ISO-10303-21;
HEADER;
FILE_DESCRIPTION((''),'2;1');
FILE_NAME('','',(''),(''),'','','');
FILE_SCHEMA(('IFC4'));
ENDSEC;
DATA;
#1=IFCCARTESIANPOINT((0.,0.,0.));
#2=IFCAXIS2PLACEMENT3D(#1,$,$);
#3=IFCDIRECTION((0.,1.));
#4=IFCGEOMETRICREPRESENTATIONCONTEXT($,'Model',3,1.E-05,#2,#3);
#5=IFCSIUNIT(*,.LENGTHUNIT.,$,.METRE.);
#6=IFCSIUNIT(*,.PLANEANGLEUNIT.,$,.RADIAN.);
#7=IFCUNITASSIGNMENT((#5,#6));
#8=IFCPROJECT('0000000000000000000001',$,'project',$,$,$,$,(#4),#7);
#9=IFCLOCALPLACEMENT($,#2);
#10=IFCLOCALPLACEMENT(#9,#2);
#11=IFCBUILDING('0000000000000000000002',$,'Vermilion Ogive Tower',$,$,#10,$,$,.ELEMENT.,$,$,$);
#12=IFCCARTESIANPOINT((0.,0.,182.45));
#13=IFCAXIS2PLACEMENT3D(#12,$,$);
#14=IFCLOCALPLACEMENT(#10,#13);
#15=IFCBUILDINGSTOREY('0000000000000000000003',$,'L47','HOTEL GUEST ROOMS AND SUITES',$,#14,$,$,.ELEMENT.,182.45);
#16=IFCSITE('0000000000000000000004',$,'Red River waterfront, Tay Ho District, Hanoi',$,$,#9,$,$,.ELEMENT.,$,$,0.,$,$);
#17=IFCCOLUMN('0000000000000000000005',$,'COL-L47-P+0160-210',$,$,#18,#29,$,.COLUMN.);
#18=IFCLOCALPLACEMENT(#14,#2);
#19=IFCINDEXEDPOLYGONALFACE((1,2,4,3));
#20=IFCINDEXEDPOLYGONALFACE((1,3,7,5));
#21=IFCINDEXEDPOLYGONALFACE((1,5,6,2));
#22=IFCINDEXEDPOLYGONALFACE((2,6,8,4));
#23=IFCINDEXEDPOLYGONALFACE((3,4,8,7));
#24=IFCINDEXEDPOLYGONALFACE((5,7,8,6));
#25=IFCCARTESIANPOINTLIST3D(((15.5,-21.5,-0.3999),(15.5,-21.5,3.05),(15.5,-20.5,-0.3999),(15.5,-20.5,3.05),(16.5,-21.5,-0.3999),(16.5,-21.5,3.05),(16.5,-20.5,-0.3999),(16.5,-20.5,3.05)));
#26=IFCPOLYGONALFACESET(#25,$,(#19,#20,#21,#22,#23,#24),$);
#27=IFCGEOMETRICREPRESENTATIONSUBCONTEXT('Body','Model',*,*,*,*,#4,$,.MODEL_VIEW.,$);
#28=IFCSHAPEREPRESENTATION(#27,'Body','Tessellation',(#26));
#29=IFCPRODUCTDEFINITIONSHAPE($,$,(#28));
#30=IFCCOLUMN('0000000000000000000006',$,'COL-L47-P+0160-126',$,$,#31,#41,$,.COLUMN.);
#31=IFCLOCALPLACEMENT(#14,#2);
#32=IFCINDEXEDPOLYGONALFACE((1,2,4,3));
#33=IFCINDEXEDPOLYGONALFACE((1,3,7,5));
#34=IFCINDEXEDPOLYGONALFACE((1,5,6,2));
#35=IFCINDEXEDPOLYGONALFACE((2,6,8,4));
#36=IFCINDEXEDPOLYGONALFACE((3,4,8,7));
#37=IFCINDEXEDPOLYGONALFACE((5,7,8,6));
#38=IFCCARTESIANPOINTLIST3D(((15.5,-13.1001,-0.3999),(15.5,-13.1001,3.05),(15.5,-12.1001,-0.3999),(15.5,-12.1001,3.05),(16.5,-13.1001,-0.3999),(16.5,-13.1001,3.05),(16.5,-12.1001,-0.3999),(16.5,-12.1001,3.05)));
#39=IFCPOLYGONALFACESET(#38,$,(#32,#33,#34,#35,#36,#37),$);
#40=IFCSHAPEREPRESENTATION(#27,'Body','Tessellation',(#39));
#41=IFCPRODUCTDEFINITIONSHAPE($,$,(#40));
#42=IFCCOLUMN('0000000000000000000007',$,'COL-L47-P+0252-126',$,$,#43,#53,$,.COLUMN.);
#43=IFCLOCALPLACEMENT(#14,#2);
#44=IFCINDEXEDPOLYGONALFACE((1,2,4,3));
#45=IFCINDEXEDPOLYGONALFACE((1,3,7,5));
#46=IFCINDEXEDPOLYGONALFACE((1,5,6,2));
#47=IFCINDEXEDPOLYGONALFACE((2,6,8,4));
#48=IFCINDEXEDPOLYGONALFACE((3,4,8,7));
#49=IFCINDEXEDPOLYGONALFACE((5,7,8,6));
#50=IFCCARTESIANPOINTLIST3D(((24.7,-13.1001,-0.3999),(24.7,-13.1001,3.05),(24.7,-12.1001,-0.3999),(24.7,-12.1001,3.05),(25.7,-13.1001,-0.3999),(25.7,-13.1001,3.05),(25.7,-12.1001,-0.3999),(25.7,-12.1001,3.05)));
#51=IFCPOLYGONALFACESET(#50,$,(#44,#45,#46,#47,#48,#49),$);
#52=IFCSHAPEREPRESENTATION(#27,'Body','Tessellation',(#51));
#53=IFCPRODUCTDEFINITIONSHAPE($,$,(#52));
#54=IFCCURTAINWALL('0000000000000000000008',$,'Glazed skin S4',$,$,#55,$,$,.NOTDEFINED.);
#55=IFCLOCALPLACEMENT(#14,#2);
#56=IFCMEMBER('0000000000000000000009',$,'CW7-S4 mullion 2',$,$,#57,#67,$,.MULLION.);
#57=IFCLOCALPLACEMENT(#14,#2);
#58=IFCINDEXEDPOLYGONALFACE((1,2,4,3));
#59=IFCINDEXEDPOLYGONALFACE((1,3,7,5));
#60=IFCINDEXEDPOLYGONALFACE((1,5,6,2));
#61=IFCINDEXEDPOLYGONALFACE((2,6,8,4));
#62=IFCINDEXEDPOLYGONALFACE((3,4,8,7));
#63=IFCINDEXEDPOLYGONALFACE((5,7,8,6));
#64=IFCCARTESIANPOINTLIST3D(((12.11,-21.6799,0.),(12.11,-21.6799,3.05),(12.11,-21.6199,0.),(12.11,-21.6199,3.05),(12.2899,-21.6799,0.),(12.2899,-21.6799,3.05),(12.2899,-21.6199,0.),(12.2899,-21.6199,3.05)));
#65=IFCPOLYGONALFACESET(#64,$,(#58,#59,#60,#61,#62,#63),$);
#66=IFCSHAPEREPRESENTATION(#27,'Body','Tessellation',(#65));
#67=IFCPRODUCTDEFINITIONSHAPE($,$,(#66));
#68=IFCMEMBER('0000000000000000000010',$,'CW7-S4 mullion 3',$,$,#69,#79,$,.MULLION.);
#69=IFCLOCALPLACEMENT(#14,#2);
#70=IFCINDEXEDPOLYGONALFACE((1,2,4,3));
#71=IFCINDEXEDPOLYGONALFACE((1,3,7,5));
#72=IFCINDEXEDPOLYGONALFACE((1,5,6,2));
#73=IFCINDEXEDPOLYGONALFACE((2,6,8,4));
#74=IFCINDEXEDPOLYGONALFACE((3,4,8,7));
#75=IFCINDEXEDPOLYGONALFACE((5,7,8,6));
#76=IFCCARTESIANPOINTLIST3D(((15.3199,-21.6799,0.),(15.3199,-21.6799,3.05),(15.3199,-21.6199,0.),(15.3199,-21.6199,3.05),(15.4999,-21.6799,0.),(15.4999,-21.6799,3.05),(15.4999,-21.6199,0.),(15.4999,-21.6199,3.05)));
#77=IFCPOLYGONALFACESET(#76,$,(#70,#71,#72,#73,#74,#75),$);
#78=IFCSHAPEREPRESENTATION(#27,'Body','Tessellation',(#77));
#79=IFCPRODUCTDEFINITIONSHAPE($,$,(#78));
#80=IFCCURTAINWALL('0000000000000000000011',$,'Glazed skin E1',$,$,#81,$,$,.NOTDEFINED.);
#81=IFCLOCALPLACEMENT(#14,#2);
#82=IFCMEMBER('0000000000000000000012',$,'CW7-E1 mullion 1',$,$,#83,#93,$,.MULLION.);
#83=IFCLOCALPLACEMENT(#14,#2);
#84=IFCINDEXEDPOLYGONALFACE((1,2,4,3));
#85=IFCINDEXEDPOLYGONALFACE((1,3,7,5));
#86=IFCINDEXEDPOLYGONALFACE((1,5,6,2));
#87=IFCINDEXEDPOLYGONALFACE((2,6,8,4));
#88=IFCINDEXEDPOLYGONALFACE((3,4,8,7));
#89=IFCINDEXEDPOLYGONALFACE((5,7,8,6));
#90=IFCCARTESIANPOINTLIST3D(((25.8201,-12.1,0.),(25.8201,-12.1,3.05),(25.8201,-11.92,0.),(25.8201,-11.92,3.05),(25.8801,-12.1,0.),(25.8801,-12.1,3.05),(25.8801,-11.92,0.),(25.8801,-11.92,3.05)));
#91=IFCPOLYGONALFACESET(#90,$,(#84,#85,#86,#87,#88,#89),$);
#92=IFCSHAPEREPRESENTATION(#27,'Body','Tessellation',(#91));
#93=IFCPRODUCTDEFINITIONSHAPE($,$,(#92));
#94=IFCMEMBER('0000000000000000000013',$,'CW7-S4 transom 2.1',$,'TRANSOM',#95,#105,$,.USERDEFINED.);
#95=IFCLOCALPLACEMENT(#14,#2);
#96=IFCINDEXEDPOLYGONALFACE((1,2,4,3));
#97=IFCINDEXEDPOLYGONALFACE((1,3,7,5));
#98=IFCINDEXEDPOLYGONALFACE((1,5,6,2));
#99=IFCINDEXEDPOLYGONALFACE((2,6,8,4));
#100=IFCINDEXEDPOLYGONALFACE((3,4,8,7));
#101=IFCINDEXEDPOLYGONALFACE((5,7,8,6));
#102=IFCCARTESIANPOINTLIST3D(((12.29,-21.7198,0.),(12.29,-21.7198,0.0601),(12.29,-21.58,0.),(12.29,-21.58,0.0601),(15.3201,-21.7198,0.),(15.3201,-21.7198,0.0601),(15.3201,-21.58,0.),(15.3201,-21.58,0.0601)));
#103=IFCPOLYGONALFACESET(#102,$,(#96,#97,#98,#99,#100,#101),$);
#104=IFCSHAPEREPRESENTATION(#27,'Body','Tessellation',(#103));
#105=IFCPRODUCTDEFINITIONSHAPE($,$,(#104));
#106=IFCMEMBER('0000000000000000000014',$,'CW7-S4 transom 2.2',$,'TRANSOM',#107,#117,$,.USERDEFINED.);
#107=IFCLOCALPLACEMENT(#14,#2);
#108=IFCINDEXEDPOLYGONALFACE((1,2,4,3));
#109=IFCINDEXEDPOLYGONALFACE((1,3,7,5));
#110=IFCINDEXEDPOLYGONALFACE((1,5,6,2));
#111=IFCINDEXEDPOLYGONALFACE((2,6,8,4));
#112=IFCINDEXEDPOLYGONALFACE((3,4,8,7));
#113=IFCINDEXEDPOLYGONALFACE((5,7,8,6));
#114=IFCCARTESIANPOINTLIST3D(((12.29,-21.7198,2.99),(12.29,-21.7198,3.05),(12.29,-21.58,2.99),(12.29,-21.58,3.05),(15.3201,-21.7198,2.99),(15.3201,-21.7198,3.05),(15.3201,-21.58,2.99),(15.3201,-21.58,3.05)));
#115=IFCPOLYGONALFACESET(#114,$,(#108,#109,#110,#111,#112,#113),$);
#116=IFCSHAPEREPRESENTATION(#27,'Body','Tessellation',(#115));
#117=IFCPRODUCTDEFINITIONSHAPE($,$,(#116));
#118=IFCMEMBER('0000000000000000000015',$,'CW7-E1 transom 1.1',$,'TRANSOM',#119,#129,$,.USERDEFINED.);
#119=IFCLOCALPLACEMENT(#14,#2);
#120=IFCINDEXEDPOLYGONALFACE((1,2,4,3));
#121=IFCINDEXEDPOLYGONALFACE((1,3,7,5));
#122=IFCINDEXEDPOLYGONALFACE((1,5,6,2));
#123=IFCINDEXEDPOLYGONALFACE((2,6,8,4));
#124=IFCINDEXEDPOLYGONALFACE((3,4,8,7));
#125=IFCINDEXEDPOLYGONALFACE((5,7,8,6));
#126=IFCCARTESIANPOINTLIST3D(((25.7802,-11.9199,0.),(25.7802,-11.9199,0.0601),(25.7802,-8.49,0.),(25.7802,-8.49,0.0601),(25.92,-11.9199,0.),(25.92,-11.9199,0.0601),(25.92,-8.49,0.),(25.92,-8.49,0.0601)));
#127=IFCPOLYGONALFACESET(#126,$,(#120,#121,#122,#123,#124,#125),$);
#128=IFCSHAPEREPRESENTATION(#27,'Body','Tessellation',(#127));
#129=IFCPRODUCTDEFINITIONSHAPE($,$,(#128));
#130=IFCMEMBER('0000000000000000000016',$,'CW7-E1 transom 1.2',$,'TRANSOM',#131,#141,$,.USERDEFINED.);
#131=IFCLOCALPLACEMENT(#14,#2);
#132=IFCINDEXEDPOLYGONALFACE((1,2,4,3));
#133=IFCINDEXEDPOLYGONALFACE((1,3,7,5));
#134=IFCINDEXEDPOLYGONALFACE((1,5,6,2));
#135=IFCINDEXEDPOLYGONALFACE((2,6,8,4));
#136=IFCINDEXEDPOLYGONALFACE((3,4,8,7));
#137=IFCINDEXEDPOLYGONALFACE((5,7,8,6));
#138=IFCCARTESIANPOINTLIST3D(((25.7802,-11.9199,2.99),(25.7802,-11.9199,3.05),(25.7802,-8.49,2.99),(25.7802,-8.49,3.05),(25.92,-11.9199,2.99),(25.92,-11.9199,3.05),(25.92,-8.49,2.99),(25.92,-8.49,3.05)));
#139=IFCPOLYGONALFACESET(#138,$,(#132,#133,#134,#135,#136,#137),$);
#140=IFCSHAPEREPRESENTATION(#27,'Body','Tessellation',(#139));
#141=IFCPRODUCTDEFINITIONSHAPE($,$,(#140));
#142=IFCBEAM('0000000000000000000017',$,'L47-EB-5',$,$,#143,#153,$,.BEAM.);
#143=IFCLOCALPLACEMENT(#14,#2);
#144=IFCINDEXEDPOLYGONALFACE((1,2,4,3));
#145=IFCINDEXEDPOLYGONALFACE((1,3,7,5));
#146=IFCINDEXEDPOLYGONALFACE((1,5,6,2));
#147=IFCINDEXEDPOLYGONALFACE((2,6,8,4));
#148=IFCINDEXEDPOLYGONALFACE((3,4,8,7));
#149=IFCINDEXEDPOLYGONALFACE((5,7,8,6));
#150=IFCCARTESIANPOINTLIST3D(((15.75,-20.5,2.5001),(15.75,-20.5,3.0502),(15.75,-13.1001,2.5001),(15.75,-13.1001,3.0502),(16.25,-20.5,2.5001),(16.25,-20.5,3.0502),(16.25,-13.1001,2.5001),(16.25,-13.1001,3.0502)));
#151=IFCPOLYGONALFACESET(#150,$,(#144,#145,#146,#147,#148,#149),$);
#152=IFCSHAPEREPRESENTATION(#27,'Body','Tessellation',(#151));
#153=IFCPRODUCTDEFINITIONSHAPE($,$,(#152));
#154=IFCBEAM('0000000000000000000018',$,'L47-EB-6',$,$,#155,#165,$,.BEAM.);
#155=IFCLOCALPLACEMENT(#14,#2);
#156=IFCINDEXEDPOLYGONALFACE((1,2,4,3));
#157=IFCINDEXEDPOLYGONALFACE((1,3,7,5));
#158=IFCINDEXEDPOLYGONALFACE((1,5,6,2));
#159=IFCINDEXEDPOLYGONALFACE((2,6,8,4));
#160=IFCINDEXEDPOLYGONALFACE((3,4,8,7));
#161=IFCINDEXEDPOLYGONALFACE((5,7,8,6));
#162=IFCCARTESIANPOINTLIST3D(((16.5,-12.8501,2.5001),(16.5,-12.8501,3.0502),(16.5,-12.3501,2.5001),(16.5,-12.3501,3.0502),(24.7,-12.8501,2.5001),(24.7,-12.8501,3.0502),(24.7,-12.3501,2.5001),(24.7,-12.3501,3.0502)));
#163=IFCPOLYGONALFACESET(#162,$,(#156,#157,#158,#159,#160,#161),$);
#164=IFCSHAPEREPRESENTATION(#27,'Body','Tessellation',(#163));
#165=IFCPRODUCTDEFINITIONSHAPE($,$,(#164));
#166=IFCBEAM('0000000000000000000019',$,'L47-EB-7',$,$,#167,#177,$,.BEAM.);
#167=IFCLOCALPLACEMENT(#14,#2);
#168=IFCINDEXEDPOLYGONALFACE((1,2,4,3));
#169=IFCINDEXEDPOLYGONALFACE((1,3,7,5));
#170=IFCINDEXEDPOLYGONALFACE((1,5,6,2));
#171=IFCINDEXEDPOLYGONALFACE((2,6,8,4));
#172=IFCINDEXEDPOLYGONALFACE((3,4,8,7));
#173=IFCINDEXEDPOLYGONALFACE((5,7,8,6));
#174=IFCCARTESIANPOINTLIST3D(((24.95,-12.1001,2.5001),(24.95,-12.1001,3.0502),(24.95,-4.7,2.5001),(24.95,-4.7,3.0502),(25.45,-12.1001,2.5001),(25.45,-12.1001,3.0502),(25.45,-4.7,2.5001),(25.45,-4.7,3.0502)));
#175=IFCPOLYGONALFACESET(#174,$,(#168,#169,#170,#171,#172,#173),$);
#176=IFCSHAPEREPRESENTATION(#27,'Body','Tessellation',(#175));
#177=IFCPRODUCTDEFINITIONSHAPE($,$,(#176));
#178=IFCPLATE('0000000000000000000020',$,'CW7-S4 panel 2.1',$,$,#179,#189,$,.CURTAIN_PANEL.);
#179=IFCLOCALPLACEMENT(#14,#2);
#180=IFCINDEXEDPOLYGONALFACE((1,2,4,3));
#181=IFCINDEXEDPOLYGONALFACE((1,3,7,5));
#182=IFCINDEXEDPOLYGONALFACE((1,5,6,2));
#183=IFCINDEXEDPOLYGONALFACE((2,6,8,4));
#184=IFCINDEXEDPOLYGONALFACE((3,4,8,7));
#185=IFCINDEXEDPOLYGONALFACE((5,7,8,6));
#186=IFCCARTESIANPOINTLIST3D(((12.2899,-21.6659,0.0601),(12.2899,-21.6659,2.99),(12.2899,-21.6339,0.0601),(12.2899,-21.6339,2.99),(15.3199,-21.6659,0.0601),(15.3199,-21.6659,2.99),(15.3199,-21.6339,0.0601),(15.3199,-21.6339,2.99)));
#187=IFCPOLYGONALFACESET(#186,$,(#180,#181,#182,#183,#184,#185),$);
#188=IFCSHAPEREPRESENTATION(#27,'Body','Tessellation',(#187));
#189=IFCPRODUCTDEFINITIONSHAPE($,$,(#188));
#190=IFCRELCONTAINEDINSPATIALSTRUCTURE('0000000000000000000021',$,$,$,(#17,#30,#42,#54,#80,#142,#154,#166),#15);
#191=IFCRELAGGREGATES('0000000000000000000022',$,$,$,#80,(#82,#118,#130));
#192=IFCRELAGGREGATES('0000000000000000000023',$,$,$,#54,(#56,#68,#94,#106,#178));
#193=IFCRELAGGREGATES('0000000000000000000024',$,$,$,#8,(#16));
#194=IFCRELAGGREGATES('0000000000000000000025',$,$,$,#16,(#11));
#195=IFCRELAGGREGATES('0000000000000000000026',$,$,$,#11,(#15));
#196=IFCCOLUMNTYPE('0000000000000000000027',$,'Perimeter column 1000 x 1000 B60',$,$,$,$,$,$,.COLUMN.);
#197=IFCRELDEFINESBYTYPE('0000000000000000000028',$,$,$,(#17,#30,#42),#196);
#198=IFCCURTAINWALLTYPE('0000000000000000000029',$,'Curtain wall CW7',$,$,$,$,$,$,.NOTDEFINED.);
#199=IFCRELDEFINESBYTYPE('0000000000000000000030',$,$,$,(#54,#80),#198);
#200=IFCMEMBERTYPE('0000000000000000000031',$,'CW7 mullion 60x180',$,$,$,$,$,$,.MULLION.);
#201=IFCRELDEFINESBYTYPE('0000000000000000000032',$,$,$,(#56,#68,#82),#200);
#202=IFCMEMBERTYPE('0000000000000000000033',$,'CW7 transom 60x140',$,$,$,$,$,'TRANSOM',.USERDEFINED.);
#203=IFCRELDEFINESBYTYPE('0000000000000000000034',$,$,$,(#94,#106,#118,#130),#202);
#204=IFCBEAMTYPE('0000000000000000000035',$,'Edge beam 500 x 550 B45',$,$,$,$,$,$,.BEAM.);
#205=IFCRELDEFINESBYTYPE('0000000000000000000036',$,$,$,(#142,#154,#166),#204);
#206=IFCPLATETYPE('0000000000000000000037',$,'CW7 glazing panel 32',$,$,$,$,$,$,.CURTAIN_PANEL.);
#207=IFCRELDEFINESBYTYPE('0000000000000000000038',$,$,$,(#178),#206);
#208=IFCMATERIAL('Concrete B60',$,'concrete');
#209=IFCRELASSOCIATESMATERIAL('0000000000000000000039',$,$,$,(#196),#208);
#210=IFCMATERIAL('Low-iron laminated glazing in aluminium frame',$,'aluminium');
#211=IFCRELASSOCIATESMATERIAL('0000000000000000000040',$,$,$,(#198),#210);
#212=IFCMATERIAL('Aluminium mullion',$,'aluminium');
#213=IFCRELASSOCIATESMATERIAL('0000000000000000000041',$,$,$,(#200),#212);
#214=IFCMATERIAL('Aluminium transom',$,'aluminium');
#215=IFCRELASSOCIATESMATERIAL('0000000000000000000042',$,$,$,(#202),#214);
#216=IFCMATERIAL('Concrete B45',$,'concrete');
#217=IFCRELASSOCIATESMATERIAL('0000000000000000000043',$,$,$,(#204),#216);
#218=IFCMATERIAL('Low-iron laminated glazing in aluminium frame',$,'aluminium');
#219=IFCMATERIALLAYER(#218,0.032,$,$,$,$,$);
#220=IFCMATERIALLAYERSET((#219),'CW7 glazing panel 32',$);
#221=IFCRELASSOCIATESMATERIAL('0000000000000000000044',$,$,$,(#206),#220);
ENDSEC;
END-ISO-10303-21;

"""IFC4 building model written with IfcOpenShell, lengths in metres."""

from ifc_helpers import new_model, si_unit, direction, frame, origin, origin_2d, place, context, subcontext, project, spatial, rectangle, extrude, material, layer, layer_set, material_profile, profile_set, type_object, element, aggregate, save


model = new_model("IFC4")

# Units and contexts
model_context = context("Model", 3, precision=1e-05, world=origin(), true_north=direction((0.0, 1.0)))
body_context = subcontext(model_context, "Body", "Model", "MODEL_VIEW")
ifc_project = project(units=[si_unit("LENGTHUNIT", "METRE"), si_unit("PLANEANGLEUNIT", "RADIAN")], contexts=[model_context])

# Site, building, storey
site_placement = place(None, origin())
site = spatial("IfcSite", under=ifc_project, at=site_placement, Name="Red River waterfront, Tay Ho District, Hanoi", CompositionType="ELEMENT", RefElevation=0.0)
building_placement = place(site_placement, origin())
building = spatial("IfcBuilding", under=site, at=building_placement, Name="Vermilion Ogive Tower", CompositionType="ELEMENT")
storey_placement = place(building_placement, frame((0.0, 0.0, 182.45)))
storey = spatial("IfcBuildingStorey", under=building, at=storey_placement, Name="L47", Description="HOTEL GUEST ROOMS AND SUITES", CompositionType="ELEMENT", Elevation=182.45)

# Columns
ifc_material_1 = material(Name="Concrete B60", Category="concrete")
ifc_material_profile_1 = material_profile(ifc_material_1, rectangle(XDim=1.0, YDim=1.0, at=origin_2d()), Name="1000 x 1000")
ifc_profile_set_1 = profile_set([ifc_material_profile_1], Name="Concrete B60")
column_type = type_object("IfcColumnType", Name="Perimeter column 1000 x 1000 B60", PredefinedType="COLUMN", material=ifc_profile_set_1)
for number, where, z_axis, x_axis, name in (
    (1, (16.0, -21.0, -0.3999), (0.0, 0.0, 1.0), (1.0, 0.0, 0.0), "COL-L47-P+0160-210"),
    (2, (16.0, -12.6001, -0.3999), (0.0, 0.0, 1.0), (1.0, 0.0, 0.0), "COL-L47-P+0160-126"),
    (3, (25.2, -12.6001, -0.3999), (0.0, 0.0, 1.0), (1.0, 0.0, 0.0), "COL-L47-P+0252-126"),
):
    element("IfcColumn", number, at=place(storey_placement, frame(where, z_axis=z_axis, x_axis=x_axis)), inside=storey, type_object=column_type, Name=name, PredefinedType="COLUMN", context=body_context, shape_type="SweptSolid", body=[
        extrude(rectangle(XDim=1.0, YDim=1.0, at=origin_2d()), origin(), (0.0, 0.0, 1.0), 3.45),
    ])

# Curtain wall, members
ifc_material_2 = material(Name="Low-iron laminated glazing in aluminium frame", Category="aluminium")
curtain_wall_type = type_object("IfcCurtainWallType", Name="Curtain wall CW7", PredefinedType="NOTDEFINED", material=ifc_material_2)
curtain_wall_1_placement = place(storey_placement, origin())
curtain_wall_1 = element("IfcCurtainWall", 4, at=curtain_wall_1_placement, inside=storey, type_object=curtain_wall_type, Name="Glazed skin S4", PredefinedType="NOTDEFINED")
ifc_material_3 = material(Name="Aluminium mullion", Category="aluminium")
ifc_material_profile_2 = material_profile(ifc_material_3, rectangle(XDim=0.0601, YDim=0.1799, at=origin_2d()), Name="AL 60x180")
ifc_profile_set_2 = profile_set([ifc_material_profile_2], Name="Aluminium mullion")
member_type_1 = type_object("IfcMemberType", Name="CW7 mullion 60x180", PredefinedType="MULLION", material=ifc_profile_set_2)
member_1_placement = place(storey_placement, frame((12.2, -21.6499, 0.0), z_axis=(0.0, 0.0, 1.0), x_axis=(0.0, 1.0, 0.0)))
member_1 = element("IfcMember", 5, at=member_1_placement, type_object=member_type_1, Name="CW7-S4 mullion 2", PredefinedType="MULLION", context=body_context, shape_type="SweptSolid", body=[
    extrude(rectangle(XDim=0.0601, YDim=0.1799, at=origin_2d()), origin(), (0.0, 0.0, 1.0), 3.05),
])
member_2_placement = place(storey_placement, frame((15.4099, -21.6499, 0.0), z_axis=(0.0, 0.0, 1.0), x_axis=(0.0, 1.0, 0.0)))
member_2 = element("IfcMember", 6, at=member_2_placement, type_object=member_type_1, Name="CW7-S4 mullion 3", PredefinedType="MULLION", context=body_context, shape_type="SweptSolid", body=[
    extrude(rectangle(XDim=0.0601, YDim=0.1799, at=origin_2d()), origin(), (0.0, 0.0, 1.0), 3.05),
])

# Curtain wall, member
curtain_wall_2_placement = place(storey_placement, origin())
curtain_wall_2 = element("IfcCurtainWall", 7, at=curtain_wall_2_placement, inside=storey, type_object=curtain_wall_type, Name="Glazed skin E1", PredefinedType="NOTDEFINED")
member_3_placement = place(storey_placement, frame((25.8501, -12.01, 0.0), z_axis=(0.0, 0.0, 1.0), x_axis=(-1.0, 0.0, 0.0)))
member_3 = element("IfcMember", 8, at=member_3_placement, type_object=member_type_1, Name="CW7-E1 mullion 1", PredefinedType="MULLION", context=body_context, shape_type="SweptSolid", body=[
    extrude(rectangle(XDim=0.0601, YDim=0.1799, at=origin_2d()), origin(), (0.0, 0.0, 1.0), 3.05),
])

# Members
ifc_material_4 = material(Name="Aluminium transom", Category="aluminium")
ifc_material_profile_3 = material_profile(ifc_material_4, rectangle(XDim=0.1399, YDim=0.0601, at=origin_2d()), Name="AL 60x140")
ifc_profile_set_3 = profile_set([ifc_material_profile_3], Name="Aluminium transom")
member_type_2 = type_object("IfcMemberType", Name="CW7 transom 60x140", ElementType="TRANSOM", PredefinedType="USERDEFINED", material=ifc_profile_set_3)
member_4_placement = place(storey_placement, frame((12.29, -21.6499, 0.03), z_axis=(1.0, 0.0, 0.0), x_axis=(0.0, 1.0, 0.0)))
member_4 = element("IfcMember", 9, at=member_4_placement, type_object=member_type_2, Name="CW7-S4 transom 2.1", ObjectType="TRANSOM", PredefinedType="USERDEFINED", context=body_context, shape_type="SweptSolid", body=[
    extrude(rectangle(XDim=0.1399, YDim=0.0601, at=origin_2d()), origin(), (0.0, 0.0, 1.0), 3.03),
])
member_5_placement = place(storey_placement, frame((12.29, -21.6499, 3.02), z_axis=(1.0, 0.0, 0.0), x_axis=(0.0, 1.0, 0.0)))
member_5 = element("IfcMember", 10, at=member_5_placement, type_object=member_type_2, Name="CW7-S4 transom 2.2", ObjectType="TRANSOM", PredefinedType="USERDEFINED", context=body_context, shape_type="SweptSolid", body=[
    extrude(rectangle(XDim=0.1399, YDim=0.0601, at=origin_2d()), origin(), (0.0, 0.0, 1.0), 3.03),
])
member_6_placement = place(storey_placement, frame((25.8501, -11.9199, 0.03), z_axis=(0.0, 1.0, 0.0), x_axis=(-1.0, 0.0, 0.0)))
member_6 = element("IfcMember", 11, at=member_6_placement, type_object=member_type_2, Name="CW7-E1 transom 1.1", ObjectType="TRANSOM", PredefinedType="USERDEFINED", context=body_context, shape_type="SweptSolid", body=[
    extrude(rectangle(XDim=0.1399, YDim=0.0601, at=origin_2d()), origin(), (0.0, 0.0, 1.0), 3.4299),
])
member_7_placement = place(storey_placement, frame((25.8501, -11.9199, 3.02), z_axis=(0.0, 1.0, 0.0), x_axis=(-1.0, 0.0, 0.0)))
member_7 = element("IfcMember", 12, at=member_7_placement, type_object=member_type_2, Name="CW7-E1 transom 1.2", ObjectType="TRANSOM", PredefinedType="USERDEFINED", context=body_context, shape_type="SweptSolid", body=[
    extrude(rectangle(XDim=0.1399, YDim=0.0601, at=origin_2d()), origin(), (0.0, 0.0, 1.0), 3.4299),
])
aggregate(curtain_wall_2, [member_3, member_6, member_7])

# Beams
ifc_material_5 = material(Name="Concrete B45", Category="concrete")
ifc_material_profile_4 = material_profile(ifc_material_5, rectangle(XDim=0.5, YDim=0.55, at=origin_2d()), Name="500 x 550")
ifc_profile_set_4 = profile_set([ifc_material_profile_4], Name="Concrete B45")
beam_type = type_object("IfcBeamType", Name="Edge beam 500 x 550 B45", PredefinedType="BEAM", material=ifc_profile_set_4)
beam_1_placement = place(storey_placement, frame((16.0, -20.5, 2.7751), z_axis=(0.0, 1.0, 0.0), x_axis=(-1.0, 0.0, 0.0)))
element("IfcBeam", 13, at=beam_1_placement, inside=storey, type_object=beam_type, Name="L47-EB-5", PredefinedType="BEAM", context=body_context, shape_type="SweptSolid", body=[
    extrude(rectangle(XDim=0.5, YDim=0.55, at=origin_2d()), origin(), (0.0, 0.0, 1.0), 7.3999),
])
beam_2_placement = place(storey_placement, frame((16.5, -12.6001, 2.7751), z_axis=(1.0, 0.0, 0.0), x_axis=(0.0, 1.0, 0.0)))
element("IfcBeam", 14, at=beam_2_placement, inside=storey, type_object=beam_type, Name="L47-EB-6", PredefinedType="BEAM", context=body_context, shape_type="SweptSolid", body=[
    extrude(rectangle(XDim=0.5, YDim=0.55, at=origin_2d()), origin(), (0.0, 0.0, 1.0), 8.2),
])
beam_3_placement = place(storey_placement, frame((25.2, -12.1001, 2.7751), z_axis=(0.0, 1.0, 0.0), x_axis=(-1.0, 0.0, 0.0)))
element("IfcBeam", 15, at=beam_3_placement, inside=storey, type_object=beam_type, Name="L47-EB-7", PredefinedType="BEAM", context=body_context, shape_type="SweptSolid", body=[
    extrude(rectangle(XDim=0.5, YDim=0.55, at=origin_2d()), origin(), (0.0, 0.0, 1.0), 7.4001),
])

# Plate
ifc_material_6 = material(Name="Low-iron laminated glazing in aluminium frame", Category="aluminium")
ifc_layer_1 = layer(ifc_material_6, 0.032)
ifc_layer_set_1 = layer_set([ifc_layer_1], Name="CW7 glazing panel 32")
plate_type = type_object("IfcPlateType", Name="CW7 glazing panel 32", PredefinedType="CURTAIN_PANEL", material=ifc_layer_set_1)
plate_placement = place(storey_placement, frame((13.8049, -21.6499, 0.0601), z_axis=(0.0, 0.0, 1.0), x_axis=(1.0, 0.0, 0.0)))
plate = element("IfcPlate", 16, at=plate_placement, type_object=plate_type, Name="CW7-S4 panel 2.1", PredefinedType="CURTAIN_PANEL", context=body_context, shape_type="SweptSolid", body=[
    extrude(rectangle(XDim=3.03, YDim=0.032, at=origin_2d()), origin(), (0.0, 0.0, 1.0), 2.9299),
])
aggregate(curtain_wall_1, [member_1, member_2, member_4, member_5, plate])

save(model, "model.ifc")
